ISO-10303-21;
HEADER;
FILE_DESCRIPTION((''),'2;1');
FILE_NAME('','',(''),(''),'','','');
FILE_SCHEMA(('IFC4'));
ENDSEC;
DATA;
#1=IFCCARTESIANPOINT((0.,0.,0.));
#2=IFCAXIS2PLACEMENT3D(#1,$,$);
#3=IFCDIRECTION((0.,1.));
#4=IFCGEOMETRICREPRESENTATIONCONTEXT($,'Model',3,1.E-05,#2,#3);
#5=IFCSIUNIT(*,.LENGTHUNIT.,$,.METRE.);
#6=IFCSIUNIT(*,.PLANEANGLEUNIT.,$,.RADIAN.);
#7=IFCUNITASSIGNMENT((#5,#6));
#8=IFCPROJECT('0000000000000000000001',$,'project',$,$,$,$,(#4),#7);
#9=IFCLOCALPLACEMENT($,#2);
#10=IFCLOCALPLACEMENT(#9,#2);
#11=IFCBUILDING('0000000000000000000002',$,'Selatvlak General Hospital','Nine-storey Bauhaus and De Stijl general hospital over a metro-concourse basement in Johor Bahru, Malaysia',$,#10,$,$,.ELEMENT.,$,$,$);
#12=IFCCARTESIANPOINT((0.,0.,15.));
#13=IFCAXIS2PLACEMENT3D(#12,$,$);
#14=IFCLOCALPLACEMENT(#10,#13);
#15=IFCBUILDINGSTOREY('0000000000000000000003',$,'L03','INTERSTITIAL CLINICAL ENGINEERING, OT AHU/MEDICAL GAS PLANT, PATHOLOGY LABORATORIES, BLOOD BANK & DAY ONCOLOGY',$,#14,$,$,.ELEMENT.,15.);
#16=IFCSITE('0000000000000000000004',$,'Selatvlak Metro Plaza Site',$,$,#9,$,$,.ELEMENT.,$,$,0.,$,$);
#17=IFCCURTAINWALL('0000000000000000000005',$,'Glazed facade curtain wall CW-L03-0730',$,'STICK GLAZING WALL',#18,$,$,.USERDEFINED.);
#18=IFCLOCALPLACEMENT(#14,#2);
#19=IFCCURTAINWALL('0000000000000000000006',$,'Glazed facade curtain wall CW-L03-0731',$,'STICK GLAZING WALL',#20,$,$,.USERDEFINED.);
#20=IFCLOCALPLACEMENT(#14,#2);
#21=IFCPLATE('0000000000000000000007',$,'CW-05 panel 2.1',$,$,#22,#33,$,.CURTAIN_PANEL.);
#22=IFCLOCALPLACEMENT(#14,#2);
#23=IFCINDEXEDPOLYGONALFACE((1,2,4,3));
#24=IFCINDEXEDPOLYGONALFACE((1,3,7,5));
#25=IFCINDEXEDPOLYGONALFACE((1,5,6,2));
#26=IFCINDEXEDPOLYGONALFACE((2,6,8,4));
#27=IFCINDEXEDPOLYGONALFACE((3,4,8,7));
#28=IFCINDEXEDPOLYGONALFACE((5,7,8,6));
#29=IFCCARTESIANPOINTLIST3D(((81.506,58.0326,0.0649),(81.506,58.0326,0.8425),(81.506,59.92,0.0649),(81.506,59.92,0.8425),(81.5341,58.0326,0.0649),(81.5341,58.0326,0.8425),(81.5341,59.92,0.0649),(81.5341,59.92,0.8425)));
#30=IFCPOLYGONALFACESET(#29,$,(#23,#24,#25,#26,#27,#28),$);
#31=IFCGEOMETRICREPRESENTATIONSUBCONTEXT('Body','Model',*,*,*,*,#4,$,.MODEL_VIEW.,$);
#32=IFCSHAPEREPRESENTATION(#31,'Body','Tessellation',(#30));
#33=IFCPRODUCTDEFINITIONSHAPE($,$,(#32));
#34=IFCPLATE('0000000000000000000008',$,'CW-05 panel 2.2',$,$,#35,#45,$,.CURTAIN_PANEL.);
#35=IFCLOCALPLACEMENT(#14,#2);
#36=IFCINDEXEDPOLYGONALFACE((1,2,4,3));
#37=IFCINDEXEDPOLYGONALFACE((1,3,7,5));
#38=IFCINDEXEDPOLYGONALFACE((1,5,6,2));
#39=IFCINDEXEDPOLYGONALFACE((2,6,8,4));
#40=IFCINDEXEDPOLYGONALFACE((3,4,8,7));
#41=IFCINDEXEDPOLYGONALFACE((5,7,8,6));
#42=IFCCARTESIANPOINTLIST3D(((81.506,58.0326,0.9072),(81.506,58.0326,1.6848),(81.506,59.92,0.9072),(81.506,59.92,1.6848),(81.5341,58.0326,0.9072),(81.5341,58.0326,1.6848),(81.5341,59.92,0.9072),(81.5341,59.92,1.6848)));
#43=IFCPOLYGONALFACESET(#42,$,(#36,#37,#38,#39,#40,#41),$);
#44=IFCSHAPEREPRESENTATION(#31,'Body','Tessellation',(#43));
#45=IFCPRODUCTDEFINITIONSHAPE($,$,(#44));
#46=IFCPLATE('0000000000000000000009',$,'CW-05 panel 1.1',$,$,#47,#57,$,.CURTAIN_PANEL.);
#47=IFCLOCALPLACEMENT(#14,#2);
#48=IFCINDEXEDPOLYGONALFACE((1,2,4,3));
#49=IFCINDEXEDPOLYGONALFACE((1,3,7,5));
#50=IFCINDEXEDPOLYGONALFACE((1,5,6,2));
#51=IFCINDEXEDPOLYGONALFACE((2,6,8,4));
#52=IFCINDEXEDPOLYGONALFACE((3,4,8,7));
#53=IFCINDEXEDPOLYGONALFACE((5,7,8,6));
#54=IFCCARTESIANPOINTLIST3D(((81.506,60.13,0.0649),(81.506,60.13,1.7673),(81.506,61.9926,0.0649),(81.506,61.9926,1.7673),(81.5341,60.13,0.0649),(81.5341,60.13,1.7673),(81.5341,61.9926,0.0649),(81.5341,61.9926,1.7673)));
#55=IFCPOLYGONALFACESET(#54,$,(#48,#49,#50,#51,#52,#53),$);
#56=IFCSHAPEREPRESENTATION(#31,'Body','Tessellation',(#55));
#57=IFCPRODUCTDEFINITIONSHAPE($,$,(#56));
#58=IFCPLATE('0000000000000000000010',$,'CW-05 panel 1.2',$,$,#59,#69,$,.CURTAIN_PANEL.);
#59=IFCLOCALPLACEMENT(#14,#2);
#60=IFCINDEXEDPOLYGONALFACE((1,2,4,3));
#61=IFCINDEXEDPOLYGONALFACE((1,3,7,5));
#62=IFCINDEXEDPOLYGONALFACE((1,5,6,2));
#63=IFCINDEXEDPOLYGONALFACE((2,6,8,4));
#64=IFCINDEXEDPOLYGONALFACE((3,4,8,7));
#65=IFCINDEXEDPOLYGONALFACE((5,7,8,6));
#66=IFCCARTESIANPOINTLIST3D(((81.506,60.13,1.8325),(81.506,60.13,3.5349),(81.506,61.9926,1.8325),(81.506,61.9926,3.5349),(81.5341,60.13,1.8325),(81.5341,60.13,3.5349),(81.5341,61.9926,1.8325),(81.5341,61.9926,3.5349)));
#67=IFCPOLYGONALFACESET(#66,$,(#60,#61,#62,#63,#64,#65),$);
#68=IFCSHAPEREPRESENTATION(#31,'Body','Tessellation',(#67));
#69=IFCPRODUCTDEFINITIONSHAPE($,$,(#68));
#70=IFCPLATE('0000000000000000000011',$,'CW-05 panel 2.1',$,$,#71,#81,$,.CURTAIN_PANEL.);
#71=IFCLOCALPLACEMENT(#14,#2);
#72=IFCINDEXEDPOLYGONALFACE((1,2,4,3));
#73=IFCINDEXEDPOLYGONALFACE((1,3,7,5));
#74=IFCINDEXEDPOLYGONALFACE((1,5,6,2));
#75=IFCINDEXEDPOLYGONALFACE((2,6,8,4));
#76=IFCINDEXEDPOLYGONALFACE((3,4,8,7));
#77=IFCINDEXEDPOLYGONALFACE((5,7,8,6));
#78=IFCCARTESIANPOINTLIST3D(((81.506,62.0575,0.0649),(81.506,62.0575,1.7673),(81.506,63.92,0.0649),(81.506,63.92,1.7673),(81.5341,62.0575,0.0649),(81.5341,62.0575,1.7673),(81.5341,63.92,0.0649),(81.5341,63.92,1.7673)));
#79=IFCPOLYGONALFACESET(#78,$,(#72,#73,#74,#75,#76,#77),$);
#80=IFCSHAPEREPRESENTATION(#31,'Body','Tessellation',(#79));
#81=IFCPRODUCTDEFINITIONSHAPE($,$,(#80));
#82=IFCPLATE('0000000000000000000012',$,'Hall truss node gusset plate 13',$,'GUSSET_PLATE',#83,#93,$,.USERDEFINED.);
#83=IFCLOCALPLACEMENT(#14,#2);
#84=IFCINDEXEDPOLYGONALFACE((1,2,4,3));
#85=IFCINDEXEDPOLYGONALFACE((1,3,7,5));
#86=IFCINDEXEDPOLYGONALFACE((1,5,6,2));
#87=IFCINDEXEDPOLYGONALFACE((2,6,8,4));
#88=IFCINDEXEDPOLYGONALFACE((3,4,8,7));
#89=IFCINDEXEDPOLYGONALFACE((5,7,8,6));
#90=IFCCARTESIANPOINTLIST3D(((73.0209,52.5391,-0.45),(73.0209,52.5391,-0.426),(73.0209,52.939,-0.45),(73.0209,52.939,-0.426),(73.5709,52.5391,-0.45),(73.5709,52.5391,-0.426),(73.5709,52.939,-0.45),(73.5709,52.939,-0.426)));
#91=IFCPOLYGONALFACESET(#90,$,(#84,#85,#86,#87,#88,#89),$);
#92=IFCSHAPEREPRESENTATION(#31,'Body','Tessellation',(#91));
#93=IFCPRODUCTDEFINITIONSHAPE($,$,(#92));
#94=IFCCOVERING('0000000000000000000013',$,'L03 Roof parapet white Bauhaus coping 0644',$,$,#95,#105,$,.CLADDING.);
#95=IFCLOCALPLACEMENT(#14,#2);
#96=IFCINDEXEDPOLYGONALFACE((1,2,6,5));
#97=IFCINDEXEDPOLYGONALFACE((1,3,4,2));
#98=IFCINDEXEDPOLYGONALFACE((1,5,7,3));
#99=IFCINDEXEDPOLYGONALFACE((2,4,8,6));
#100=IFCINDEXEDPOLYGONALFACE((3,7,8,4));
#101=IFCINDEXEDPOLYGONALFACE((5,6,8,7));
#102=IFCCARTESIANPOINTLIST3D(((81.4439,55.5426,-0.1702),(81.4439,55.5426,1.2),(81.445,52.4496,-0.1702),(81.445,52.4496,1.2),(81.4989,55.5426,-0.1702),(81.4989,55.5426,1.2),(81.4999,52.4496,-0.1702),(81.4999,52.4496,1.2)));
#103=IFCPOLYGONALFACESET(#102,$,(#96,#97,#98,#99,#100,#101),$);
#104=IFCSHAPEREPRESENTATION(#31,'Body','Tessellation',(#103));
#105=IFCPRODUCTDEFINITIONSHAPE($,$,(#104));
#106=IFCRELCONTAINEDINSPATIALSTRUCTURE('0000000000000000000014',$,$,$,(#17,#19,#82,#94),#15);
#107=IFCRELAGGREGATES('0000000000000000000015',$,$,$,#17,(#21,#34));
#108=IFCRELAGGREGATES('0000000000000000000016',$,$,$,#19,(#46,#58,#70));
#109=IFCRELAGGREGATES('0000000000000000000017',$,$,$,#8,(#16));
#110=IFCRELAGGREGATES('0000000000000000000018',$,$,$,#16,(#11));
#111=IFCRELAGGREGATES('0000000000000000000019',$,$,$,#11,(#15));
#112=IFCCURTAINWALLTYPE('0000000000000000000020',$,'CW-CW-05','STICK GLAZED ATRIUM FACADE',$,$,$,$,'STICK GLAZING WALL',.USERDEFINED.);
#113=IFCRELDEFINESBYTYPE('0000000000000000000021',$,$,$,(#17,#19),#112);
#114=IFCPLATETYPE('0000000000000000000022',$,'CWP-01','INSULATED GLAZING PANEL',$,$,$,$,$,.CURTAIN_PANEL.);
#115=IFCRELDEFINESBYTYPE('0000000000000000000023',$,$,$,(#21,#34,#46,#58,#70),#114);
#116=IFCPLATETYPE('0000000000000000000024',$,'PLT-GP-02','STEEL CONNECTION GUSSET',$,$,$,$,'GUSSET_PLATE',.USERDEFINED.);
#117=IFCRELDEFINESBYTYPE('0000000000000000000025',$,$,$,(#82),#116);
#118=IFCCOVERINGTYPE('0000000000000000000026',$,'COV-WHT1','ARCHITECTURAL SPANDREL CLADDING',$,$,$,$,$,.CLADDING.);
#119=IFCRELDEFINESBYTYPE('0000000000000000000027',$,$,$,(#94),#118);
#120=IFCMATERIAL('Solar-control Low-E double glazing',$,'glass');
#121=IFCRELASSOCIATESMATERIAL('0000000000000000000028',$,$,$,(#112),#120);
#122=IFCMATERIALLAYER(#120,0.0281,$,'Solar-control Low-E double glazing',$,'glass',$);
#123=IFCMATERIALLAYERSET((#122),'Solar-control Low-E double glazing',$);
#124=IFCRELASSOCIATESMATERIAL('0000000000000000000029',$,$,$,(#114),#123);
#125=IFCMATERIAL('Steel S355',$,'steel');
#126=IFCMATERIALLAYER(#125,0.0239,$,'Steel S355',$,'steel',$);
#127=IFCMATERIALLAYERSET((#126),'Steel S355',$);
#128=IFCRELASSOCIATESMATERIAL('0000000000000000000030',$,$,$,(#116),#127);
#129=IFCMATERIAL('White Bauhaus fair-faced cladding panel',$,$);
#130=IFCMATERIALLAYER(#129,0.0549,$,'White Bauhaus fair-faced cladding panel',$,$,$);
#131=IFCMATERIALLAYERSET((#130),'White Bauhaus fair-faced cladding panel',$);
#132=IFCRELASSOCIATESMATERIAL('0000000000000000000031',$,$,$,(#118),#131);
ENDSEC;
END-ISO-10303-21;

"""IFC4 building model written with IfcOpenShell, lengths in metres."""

from ifc_helpers import new_model, si_unit, direction, frame, origin, origin_2d, place, context, subcontext, project, spatial, rectangle, extrude, material, layer, layer_set, type_object, element, aggregate, save


model = new_model("IFC4")

# Units and contexts
model_context = context("Model", 3, precision=1e-05, world=origin(), true_north=direction((0.0, 1.0)))
body_context = subcontext(model_context, "Body", "Model", "MODEL_VIEW")
ifc_project = project(units=[si_unit("LENGTHUNIT", "METRE"), si_unit("PLANEANGLEUNIT", "RADIAN")], contexts=[model_context])

# Site, building, storey
site_placement = place(None, origin())
site = spatial("IfcSite", under=ifc_project, at=site_placement, Name="Selatvlak Metro Plaza Site", CompositionType="ELEMENT", RefElevation=0.0)
building_placement = place(site_placement, origin())
building = spatial("IfcBuilding", under=site, at=building_placement, Name="Selatvlak General Hospital", Description="Nine-storey Bauhaus and De Stijl general hospital over a metro-concourse basement in Johor Bahru, Malaysia", CompositionType="ELEMENT")
storey_placement = place(building_placement, frame((0.0, 0.0, 15.0)))
storey = spatial("IfcBuildingStorey", under=building, at=storey_placement, Name="L03", Description="INTERSTITIAL CLINICAL ENGINEERING, OT AHU/MEDICAL GAS PLANT, PATHOLOGY LABORATORIES, BLOOD BANK & DAY ONCOLOGY", CompositionType="ELEMENT", Elevation=15.0)

# Curtain walls
ifc_material_1 = material(Name="Solar-control Low-E double glazing", Category="glass")
curtain_wall_type = type_object("IfcCurtainWallType", Name="CW-CW-05", Description="STICK GLAZED ATRIUM FACADE", ElementType="STICK GLAZING WALL", PredefinedType="USERDEFINED", material=ifc_material_1)
curtain_wall_1_placement = place(storey_placement, origin())
curtain_wall_1 = element("IfcCurtainWall", 1, at=curtain_wall_1_placement, inside=storey, type_object=curtain_wall_type, Name="Glazed facade curtain wall CW-L03-0730", ObjectType="STICK GLAZING WALL", PredefinedType="USERDEFINED")
curtain_wall_2_placement = place(storey_placement, origin())
curtain_wall_2 = element("IfcCurtainWall", 2, at=curtain_wall_2_placement, inside=storey, type_object=curtain_wall_type, Name="Glazed facade curtain wall CW-L03-0731", ObjectType="STICK GLAZING WALL", PredefinedType="USERDEFINED")

# Shared definitions
ifc_material_2 = material(Name="Steel S355", Category="steel")

# Plates
ifc_layer_1 = layer(ifc_material_1, 0.0281, Name="Solar-control Low-E double glazing", Category="glass")
ifc_layer_set_1 = layer_set([ifc_layer_1], Name="Solar-control Low-E double glazing")
plate_type_1 = type_object("IfcPlateType", Name="CWP-01", Description="INSULATED GLAZING PANEL", PredefinedType="CURTAIN_PANEL", material=ifc_layer_set_1)
plate_1_placement = place(storey_placement, frame((81.52, 58.9763, 0.0649), z_axis=(0.0, 0.0, 1.0), x_axis=(0.0, 1.0, 0.0)))
plate_1 = element("IfcPlate", 3, at=plate_1_placement, type_object=plate_type_1, Name="CW-05 panel 2.1", PredefinedType="CURTAIN_PANEL", context=body_context, shape_type="SweptSolid", body=[
    extrude(rectangle(XDim=1.8875, YDim=0.0281, at=origin_2d()), origin(), (0.0, 0.0, 1.0), 0.7776),
])
plate_2_placement = place(storey_placement, frame((81.52, 58.9763, 0.9072), z_axis=(0.0, 0.0, 1.0), x_axis=(0.0, 1.0, 0.0)))
plate_2 = element("IfcPlate", 4, at=plate_2_placement, type_object=plate_type_1, Name="CW-05 panel 2.2", PredefinedType="CURTAIN_PANEL", context=body_context, shape_type="SweptSolid", body=[
    extrude(rectangle(XDim=1.8875, YDim=0.0281, at=origin_2d()), origin(), (0.0, 0.0, 1.0), 0.7776),
])
aggregate(curtain_wall_1, [plate_1, plate_2])
plate_3_placement = place(storey_placement, frame((81.52, 61.0613, 0.0649), z_axis=(0.0, 0.0, 1.0), x_axis=(0.0, 1.0, 0.0)))
plate_3 = element("IfcPlate", 5, at=plate_3_placement, type_object=plate_type_1, Name="CW-05 panel 1.1", PredefinedType="CURTAIN_PANEL", context=body_context, shape_type="SweptSolid", body=[
    extrude(rectangle(XDim=1.8625, YDim=0.0281, at=origin_2d()), origin(), (0.0, 0.0, 1.0), 1.7024),
])
plate_4_placement = place(storey_placement, frame((81.52, 61.0613, 1.8325), z_axis=(0.0, 0.0, 1.0), x_axis=(0.0, 1.0, 0.0)))
plate_4 = element("IfcPlate", 6, at=plate_4_placement, type_object=plate_type_1, Name="CW-05 panel 1.2", PredefinedType="CURTAIN_PANEL", context=body_context, shape_type="SweptSolid", body=[
    extrude(rectangle(XDim=1.8625, YDim=0.0281, at=origin_2d()), origin(), (0.0, 0.0, 1.0), 1.7024),
])
plate_5_placement = place(storey_placement, frame((81.52, 62.9888, 0.0649), z_axis=(0.0, 0.0, 1.0), x_axis=(0.0, 1.0, 0.0)))
plate_5 = element("IfcPlate", 7, at=plate_5_placement, type_object=plate_type_1, Name="CW-05 panel 2.1", PredefinedType="CURTAIN_PANEL", context=body_context, shape_type="SweptSolid", body=[
    extrude(rectangle(XDim=1.8625, YDim=0.0281, at=origin_2d()), origin(), (0.0, 0.0, 1.0), 1.7024),
])
aggregate(curtain_wall_2, [plate_3, plate_4, plate_5])
ifc_layer_2 = layer(ifc_material_2, 0.0239, Name="Steel S355", Category="steel")
ifc_layer_set_2 = layer_set([ifc_layer_2], Name="Steel S355")
plate_type_2 = type_object("IfcPlateType", Name="PLT-GP-02", Description="STEEL CONNECTION GUSSET", ElementType="GUSSET_PLATE", PredefinedType="USERDEFINED", material=ifc_layer_set_2)
plate_6_placement = place(storey_placement, frame((73.2959, 52.739, -0.45), z_axis=(0.0, 0.0, 1.0), x_axis=(1.0, 0.0, 0.0)))
element("IfcPlate", 8, at=plate_6_placement, inside=storey, type_object=plate_type_2, Name="Hall truss node gusset plate 13", ObjectType="GUSSET_PLATE", PredefinedType="USERDEFINED", context=body_context, shape_type="SweptSolid", body=[
    extrude(rectangle(XDim=0.55, YDim=0.3999, at=origin_2d()), origin(), (0.0, 0.0, 1.0), 0.0239),
])

# Covering
ifc_material_3 = material(Name="White Bauhaus fair-faced cladding panel")
ifc_layer_3 = layer(ifc_material_3, 0.0549, Name="White Bauhaus fair-faced cladding panel")
ifc_layer_set_3 = layer_set([ifc_layer_3], Name="White Bauhaus fair-faced cladding panel")
covering_type = type_object("IfcCoveringType", Name="COV-WHT1", Description="ARCHITECTURAL SPANDREL CLADDING", PredefinedType="CLADDING", material=ifc_layer_set_3)
covering_placement = place(storey_placement, frame((81.4719, 53.9961, -0.1702), z_axis=(0.0, 0.0, 1.0), x_axis=(-0.000332, 1.0, 0.0)))
element("IfcCovering", 9, at=covering_placement, inside=storey, type_object=covering_type, Name="L03 Roof parapet white Bauhaus coping 0644", PredefinedType="CLADDING", context=body_context, shape_type="SweptSolid", body=[
    extrude(rectangle(XDim=3.093, YDim=0.0549, at=origin_2d()), origin(), (0.0, 0.0, 1.0), 1.3701),
])

save(model, "model.ifc")
